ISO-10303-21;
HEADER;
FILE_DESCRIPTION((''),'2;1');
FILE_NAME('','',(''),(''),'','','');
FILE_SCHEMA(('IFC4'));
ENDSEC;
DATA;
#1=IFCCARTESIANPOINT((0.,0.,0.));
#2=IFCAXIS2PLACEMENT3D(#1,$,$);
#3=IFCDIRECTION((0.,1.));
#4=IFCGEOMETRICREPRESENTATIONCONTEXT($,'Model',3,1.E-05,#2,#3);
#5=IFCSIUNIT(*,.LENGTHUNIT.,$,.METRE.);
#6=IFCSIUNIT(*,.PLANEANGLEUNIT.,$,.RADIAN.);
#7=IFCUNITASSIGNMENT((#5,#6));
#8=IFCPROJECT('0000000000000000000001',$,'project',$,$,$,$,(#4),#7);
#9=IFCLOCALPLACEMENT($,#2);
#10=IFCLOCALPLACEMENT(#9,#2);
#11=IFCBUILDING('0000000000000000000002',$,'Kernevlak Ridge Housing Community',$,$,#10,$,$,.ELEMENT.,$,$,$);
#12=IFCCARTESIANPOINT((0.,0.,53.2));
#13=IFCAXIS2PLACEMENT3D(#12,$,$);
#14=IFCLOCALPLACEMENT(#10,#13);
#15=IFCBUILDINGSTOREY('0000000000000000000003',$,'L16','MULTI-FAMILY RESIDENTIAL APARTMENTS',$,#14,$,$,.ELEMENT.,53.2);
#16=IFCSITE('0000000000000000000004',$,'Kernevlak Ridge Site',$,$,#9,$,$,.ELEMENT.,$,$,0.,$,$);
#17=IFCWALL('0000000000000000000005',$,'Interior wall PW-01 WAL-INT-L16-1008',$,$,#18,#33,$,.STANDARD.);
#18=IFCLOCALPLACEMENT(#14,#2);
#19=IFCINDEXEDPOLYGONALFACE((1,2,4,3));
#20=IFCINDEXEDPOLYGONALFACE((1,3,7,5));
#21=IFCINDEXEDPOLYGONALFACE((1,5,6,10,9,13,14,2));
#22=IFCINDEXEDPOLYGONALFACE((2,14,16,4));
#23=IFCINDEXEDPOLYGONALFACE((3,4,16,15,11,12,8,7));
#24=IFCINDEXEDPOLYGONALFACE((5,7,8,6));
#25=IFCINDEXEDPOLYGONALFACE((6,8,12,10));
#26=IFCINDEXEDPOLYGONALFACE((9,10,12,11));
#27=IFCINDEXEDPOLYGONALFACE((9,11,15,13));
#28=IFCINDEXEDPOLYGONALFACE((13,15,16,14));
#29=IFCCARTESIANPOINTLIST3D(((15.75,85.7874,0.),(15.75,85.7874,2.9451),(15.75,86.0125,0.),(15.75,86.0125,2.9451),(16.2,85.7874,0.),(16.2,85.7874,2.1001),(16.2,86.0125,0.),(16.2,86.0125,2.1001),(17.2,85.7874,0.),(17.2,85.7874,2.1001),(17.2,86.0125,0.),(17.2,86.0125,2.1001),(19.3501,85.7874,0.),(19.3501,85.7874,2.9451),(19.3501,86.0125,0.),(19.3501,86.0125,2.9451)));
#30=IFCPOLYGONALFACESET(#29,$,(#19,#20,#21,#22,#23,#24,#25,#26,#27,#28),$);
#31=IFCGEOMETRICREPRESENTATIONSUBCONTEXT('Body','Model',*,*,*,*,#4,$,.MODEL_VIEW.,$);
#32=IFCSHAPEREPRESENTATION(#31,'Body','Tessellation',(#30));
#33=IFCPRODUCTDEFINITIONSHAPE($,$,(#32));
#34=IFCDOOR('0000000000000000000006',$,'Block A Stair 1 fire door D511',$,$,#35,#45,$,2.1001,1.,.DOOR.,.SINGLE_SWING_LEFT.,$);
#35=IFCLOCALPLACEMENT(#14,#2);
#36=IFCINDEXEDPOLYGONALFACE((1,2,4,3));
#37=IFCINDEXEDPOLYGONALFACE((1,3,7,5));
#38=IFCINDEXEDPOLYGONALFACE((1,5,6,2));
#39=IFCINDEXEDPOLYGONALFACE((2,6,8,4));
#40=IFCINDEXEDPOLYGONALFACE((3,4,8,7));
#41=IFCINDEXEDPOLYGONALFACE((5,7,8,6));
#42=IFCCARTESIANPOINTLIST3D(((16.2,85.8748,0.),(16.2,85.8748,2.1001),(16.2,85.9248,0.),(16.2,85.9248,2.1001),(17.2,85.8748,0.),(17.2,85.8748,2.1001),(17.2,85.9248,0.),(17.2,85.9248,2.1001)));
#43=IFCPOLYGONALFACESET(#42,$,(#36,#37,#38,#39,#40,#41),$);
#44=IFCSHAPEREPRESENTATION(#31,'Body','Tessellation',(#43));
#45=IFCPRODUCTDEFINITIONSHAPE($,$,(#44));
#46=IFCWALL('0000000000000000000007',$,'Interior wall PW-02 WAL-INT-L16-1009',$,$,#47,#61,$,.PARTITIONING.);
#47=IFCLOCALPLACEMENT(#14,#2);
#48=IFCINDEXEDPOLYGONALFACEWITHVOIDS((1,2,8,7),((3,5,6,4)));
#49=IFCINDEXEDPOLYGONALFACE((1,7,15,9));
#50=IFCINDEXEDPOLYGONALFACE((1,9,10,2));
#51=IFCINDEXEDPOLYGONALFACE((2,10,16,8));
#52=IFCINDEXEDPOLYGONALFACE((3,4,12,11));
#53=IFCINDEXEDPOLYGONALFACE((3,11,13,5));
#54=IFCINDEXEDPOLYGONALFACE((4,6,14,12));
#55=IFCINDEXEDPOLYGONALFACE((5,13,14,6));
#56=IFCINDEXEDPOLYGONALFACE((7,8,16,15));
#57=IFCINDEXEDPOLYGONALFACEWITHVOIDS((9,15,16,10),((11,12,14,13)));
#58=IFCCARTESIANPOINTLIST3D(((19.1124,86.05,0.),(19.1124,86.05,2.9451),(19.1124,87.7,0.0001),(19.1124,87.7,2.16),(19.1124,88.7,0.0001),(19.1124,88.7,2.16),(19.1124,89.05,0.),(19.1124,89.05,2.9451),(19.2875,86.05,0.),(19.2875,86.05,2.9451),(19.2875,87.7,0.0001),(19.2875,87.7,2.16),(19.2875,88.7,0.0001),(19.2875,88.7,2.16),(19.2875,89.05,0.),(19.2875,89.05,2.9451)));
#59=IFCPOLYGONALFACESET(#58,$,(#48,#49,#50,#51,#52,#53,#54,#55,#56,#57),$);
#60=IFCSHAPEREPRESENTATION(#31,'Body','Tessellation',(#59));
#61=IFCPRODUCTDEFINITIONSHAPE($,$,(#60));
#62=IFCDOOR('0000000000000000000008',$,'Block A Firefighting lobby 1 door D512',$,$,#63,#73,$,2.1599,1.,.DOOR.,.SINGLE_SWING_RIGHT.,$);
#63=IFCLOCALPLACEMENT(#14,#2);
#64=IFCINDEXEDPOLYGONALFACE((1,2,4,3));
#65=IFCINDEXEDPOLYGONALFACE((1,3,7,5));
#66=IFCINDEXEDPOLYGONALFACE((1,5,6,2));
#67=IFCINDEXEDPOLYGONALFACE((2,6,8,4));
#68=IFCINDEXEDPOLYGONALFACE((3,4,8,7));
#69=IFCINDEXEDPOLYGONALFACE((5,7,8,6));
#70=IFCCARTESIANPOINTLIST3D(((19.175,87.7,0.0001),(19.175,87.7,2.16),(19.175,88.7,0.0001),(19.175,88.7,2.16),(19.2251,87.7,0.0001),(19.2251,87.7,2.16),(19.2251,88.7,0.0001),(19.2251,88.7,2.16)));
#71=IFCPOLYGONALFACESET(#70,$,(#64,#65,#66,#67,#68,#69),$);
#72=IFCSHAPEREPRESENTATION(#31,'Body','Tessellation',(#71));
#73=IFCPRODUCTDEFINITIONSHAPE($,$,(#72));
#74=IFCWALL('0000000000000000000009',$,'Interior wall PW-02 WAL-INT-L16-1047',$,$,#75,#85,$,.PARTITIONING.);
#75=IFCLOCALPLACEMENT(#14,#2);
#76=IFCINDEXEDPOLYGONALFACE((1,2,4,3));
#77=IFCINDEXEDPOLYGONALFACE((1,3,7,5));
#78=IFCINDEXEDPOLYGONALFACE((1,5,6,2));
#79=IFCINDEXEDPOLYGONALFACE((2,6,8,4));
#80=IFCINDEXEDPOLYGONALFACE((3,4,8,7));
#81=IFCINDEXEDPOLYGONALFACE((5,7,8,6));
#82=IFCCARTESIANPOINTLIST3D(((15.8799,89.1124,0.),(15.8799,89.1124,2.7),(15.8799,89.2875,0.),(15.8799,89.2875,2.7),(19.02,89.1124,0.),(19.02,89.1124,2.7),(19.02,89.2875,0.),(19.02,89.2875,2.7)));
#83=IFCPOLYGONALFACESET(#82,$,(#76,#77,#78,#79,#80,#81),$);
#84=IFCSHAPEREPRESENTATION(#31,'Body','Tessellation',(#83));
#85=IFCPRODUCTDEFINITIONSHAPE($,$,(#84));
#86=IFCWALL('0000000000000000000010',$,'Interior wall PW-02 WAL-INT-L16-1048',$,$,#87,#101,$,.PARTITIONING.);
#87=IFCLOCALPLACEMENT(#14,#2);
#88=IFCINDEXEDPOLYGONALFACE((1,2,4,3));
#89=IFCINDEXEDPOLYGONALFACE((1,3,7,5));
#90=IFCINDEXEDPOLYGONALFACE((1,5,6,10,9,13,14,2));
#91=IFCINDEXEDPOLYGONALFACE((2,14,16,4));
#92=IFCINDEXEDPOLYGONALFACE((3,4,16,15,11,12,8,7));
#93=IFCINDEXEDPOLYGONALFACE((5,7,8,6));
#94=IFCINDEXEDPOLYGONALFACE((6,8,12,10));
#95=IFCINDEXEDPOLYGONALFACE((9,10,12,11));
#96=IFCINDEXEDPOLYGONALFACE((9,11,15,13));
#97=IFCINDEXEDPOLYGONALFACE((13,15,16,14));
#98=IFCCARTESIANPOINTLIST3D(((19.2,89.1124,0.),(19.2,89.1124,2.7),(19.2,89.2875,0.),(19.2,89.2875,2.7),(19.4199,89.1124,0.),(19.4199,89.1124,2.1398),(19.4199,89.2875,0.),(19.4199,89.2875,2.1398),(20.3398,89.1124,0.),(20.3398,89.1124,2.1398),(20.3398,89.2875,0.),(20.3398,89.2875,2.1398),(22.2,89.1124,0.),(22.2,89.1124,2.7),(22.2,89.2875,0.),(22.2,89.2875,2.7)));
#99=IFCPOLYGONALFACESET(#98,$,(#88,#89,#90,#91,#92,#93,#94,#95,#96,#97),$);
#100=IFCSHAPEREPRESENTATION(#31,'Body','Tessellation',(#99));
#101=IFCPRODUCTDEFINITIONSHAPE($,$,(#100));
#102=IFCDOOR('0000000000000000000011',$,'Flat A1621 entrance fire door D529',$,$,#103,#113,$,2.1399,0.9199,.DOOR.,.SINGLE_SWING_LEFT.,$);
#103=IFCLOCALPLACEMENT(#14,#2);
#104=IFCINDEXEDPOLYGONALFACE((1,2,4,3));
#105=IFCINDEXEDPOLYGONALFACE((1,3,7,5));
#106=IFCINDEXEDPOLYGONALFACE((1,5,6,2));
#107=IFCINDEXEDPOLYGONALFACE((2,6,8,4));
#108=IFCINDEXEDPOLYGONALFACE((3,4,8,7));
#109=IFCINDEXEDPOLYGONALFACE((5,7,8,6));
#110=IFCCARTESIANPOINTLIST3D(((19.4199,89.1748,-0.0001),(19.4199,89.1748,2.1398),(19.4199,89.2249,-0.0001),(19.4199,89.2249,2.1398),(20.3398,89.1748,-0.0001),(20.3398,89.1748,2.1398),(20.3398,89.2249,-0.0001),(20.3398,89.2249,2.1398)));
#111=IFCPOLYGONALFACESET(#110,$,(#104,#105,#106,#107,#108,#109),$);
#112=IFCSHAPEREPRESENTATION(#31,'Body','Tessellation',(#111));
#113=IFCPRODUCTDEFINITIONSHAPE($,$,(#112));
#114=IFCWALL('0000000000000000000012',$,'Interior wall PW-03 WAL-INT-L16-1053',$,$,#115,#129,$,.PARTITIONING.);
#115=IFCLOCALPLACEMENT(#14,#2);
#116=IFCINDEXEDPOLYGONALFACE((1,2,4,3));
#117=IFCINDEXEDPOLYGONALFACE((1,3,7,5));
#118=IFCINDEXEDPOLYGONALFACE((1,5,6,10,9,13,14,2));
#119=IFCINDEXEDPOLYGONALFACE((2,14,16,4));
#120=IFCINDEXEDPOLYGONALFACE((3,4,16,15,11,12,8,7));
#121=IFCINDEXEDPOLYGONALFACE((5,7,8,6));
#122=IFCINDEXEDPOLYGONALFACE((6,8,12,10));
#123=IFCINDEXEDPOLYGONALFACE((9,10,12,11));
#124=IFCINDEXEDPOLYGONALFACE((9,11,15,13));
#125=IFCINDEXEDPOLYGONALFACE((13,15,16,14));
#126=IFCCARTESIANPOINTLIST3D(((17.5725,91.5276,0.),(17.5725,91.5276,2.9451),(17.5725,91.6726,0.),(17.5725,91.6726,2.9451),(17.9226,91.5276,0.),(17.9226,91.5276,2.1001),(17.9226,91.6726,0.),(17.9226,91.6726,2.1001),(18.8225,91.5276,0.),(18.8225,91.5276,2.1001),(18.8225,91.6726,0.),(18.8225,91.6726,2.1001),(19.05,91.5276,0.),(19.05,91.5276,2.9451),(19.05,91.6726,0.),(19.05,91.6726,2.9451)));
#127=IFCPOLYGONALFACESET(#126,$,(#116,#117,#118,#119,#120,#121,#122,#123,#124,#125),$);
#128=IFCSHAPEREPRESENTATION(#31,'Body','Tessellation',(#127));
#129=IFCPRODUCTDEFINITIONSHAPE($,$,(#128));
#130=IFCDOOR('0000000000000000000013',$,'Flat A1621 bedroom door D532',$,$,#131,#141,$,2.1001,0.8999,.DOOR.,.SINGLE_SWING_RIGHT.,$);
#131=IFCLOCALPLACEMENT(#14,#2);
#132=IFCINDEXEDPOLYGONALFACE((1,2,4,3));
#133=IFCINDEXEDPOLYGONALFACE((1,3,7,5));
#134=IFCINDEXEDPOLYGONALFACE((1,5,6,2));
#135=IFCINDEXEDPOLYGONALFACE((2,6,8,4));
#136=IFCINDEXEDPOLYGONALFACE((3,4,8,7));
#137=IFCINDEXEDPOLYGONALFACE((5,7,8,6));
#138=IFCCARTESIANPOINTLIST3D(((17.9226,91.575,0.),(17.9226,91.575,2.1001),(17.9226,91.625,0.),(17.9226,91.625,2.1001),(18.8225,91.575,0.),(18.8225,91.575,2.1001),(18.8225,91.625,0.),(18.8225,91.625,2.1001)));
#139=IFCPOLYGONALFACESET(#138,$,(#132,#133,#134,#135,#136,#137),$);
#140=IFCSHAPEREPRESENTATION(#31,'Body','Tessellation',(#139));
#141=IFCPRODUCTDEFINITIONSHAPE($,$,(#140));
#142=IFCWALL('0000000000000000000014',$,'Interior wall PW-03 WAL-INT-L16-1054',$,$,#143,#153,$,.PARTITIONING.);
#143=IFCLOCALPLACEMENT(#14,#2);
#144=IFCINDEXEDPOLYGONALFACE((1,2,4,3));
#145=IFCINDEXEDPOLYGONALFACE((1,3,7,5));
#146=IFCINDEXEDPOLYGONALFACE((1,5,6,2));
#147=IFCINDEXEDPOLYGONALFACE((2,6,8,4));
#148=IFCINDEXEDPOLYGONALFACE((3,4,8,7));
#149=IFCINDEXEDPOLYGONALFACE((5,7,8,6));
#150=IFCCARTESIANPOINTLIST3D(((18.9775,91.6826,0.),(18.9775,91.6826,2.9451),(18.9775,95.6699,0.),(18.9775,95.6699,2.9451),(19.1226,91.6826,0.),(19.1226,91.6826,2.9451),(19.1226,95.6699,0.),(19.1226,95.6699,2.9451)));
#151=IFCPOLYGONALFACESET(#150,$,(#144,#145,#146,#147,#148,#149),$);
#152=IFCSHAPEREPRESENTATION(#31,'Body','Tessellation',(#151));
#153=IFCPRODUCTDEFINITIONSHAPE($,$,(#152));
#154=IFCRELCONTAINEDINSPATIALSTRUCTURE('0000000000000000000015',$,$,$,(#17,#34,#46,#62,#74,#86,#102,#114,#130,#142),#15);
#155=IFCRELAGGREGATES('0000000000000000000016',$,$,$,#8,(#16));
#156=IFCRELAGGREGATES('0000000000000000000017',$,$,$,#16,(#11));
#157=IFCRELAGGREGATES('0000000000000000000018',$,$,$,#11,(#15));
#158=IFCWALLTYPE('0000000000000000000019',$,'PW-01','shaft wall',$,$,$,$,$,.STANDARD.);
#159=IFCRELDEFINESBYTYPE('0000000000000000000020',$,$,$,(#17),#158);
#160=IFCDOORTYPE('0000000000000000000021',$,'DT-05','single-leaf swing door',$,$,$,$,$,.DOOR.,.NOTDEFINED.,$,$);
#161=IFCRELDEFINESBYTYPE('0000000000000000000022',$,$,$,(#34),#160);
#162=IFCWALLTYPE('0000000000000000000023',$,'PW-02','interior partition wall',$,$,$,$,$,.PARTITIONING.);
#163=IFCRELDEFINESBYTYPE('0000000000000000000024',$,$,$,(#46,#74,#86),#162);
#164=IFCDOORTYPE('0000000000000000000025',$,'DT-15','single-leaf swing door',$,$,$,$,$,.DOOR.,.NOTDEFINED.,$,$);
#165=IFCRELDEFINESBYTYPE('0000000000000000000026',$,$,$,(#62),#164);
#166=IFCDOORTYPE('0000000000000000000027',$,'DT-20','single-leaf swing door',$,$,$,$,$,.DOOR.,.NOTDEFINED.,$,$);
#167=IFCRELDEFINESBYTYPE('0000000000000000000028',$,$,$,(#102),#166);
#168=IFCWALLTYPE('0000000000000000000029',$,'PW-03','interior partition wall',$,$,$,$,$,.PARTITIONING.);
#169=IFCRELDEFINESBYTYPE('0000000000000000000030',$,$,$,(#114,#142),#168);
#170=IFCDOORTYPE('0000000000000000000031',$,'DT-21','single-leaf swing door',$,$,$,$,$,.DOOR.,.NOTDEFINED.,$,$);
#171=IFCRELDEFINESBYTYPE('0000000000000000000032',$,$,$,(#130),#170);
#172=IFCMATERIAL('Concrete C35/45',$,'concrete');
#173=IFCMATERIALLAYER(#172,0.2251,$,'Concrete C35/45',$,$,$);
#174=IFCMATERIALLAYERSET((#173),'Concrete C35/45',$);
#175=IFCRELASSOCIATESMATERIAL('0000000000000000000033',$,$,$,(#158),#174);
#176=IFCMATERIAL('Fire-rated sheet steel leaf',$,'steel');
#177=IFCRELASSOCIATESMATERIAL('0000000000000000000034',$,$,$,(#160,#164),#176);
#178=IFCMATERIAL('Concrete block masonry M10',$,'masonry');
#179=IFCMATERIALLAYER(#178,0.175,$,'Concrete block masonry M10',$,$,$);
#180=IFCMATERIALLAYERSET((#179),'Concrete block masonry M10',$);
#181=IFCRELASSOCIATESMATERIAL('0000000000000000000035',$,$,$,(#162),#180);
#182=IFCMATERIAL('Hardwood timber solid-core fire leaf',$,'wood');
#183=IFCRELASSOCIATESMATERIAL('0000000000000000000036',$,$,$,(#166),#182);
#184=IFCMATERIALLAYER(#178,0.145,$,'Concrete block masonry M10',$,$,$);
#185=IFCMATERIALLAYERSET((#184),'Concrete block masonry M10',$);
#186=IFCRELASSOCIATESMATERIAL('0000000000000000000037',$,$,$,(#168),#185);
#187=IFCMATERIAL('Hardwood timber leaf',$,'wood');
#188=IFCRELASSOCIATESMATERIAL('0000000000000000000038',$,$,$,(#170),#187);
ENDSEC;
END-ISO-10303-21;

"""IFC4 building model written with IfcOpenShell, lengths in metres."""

from ifc_helpers import new_model, si_unit, direction, frame, frame_2d, origin, place, context, subcontext, project, spatial, rectangle, extrude, material, layer, layer_set, type_object, element, fill, save


model = new_model("IFC4")

# Units and contexts
model_context = context("Model", 3, precision=1e-05, world=origin(), true_north=direction((0.0, 1.0)))
body_context = subcontext(model_context, "Body", "Model", "MODEL_VIEW")
ifc_project = project(units=[si_unit("LENGTHUNIT", "METRE"), si_unit("PLANEANGLEUNIT", "RADIAN")], contexts=[model_context])

# Site, building, storey
site_placement = place(None, origin())
site = spatial("IfcSite", under=ifc_project, at=site_placement, Name="Kernevlak Ridge Site", CompositionType="ELEMENT", RefElevation=0.0)
building_placement = place(site_placement, origin())
building = spatial("IfcBuilding", under=site, at=building_placement, Name="Kernevlak Ridge Housing Community", CompositionType="ELEMENT")
storey_placement = place(building_placement, frame((0.0, 0.0, 53.2)))
storey = spatial("IfcBuildingStorey", under=building, at=storey_placement, Name="L16", Description="MULTI-FAMILY RESIDENTIAL APARTMENTS", CompositionType="ELEMENT", Elevation=53.2)

# Shared definitions
ifc_material_1 = material(Name="Concrete C35/45", Category="concrete")

# Shared definitions
ifc_material_2 = material(Name="Concrete block masonry M10", Category="masonry")

# Walls, openings, doors
ifc_layer_1 = layer(ifc_material_1, 0.2251, Name="Concrete C35/45")
ifc_layer_set_1 = layer_set([ifc_layer_1], Name="Concrete C35/45")
wall_type_1 = type_object("IfcWallType", Name="PW-01", Description="shaft wall", PredefinedType="STANDARD", material=ifc_layer_set_1)
wall_1_placement = place(storey_placement, frame((15.75, 85.8999, 0.0), z_axis=(0.0, 0.0, 1.0), x_axis=(1.0, 0.0, 0.0)))
wall_1 = element("IfcWall", 1, at=wall_1_placement, inside=storey, type_object=wall_type_1, Name="Interior wall PW-01 WAL-INT-L16-1008", PredefinedType="STANDARD", context=body_context, shape_type="SweptSolid", body=[
    extrude(rectangle(XDim=3.6001, YDim=0.2251, at=frame_2d((1.8, 0.0))), origin(), (0.0, 0.0, 1.0), 2.9451),
])
opening_1_placement = place(wall_1_placement, frame((0.45, 0.0, 0.0)))
opening_1 = element("IfcOpeningElement", 2, at=opening_1_placement, cuts=wall_1, PredefinedType="OPENING", context=body_context, shape_type="SweptSolid", body=[
    extrude(rectangle(XDim=1.0, YDim=2.1001, at=frame_2d((0.5, 1.05))), frame((0.0, 0.1226, 0.0), z_axis=(0.0, -1.0, 0.0), x_axis=(1.0, 0.0, 0.0)), (0.0, 0.0, 1.0), 0.2451),
])
ifc_material_3 = material(Name="Fire-rated sheet steel leaf", Category="steel")
door_type_1 = type_object("IfcDoorType", Name="DT-05", Description="single-leaf swing door", OperationType="NOTDEFINED", PredefinedType="DOOR", material=ifc_material_3)
door_1_placement = place(opening_1_placement, origin())
door_1 = element("IfcDoor", 3, at=door_1_placement, inside=storey, type_object=door_type_1, Name="Block A Stair 1 fire door D511", OperationType="SINGLE_SWING_LEFT", OverallHeight=2.1001, OverallWidth=1.0, PredefinedType="DOOR", context=body_context, shape_type="SweptSolid", body=[
    extrude(rectangle(XDim=1.0, YDim=2.1001, at=frame_2d((0.5, 1.05))), frame((0.0, 0.0249, 0.0), z_axis=(0.0, -1.0, 0.0), x_axis=(1.0, 0.0, 0.0)), (0.0, 0.0, 1.0), 0.05),
])
fill(opening_1, door_1)
ifc_layer_2 = layer(ifc_material_2, 0.175, Name="Concrete block masonry M10")
ifc_layer_set_2 = layer_set([ifc_layer_2], Name="Concrete block masonry M10")
wall_type_2 = type_object("IfcWallType", Name="PW-02", Description="interior partition wall", PredefinedType="PARTITIONING", material=ifc_layer_set_2)
wall_2_placement = place(storey_placement, frame((19.2, 86.05, 0.0), z_axis=(0.0, 0.0, 1.0), x_axis=(0.0, 1.0, 0.0)))
wall_2 = element("IfcWall", 4, at=wall_2_placement, inside=storey, type_object=wall_type_2, Name="Interior wall PW-02 WAL-INT-L16-1009", PredefinedType="PARTITIONING", context=body_context, shape_type="SweptSolid", body=[
    extrude(rectangle(XDim=3.0, YDim=0.175, at=frame_2d((1.5, 0.0))), origin(), (0.0, 0.0, 1.0), 2.9451),
])
opening_2_placement = place(wall_2_placement, frame((1.6499, 0.0, 0.0)))
opening_2 = element("IfcOpeningElement", 5, at=opening_2_placement, cuts=wall_2, PredefinedType="OPENING", context=body_context, shape_type="SweptSolid", body=[
    extrude(rectangle(XDim=1.0, YDim=2.1599, at=frame_2d((0.5, 1.0801))), frame((0.0, 0.0974, 0.0), z_axis=(0.0, -1.0, 0.0), x_axis=(1.0, 0.0, 0.0)), (0.0, 0.0, 1.0), 0.1951),
])
door_type_2 = type_object("IfcDoorType", Name="DT-15", Description="single-leaf swing door", OperationType="NOTDEFINED", PredefinedType="DOOR", material=ifc_material_3)
door_2_placement = place(opening_2_placement, origin())
door_2 = element("IfcDoor", 6, at=door_2_placement, inside=storey, type_object=door_type_2, Name="Block A Firefighting lobby 1 door D512", OperationType="SINGLE_SWING_RIGHT", OverallHeight=2.1599, OverallWidth=1.0, PredefinedType="DOOR", context=body_context, shape_type="SweptSolid", body=[
    extrude(rectangle(XDim=1.0, YDim=2.1599, at=frame_2d((0.5, 1.0801))), frame((0.0, 0.0249, 0.0), z_axis=(0.0, -1.0, 0.0), x_axis=(1.0, 0.0, 0.0)), (0.0, 0.0, 1.0), 0.05),
])
fill(opening_2, door_2)

# Wall
wall_3_placement = place(storey_placement, frame((15.8799, 89.2, 0.0), z_axis=(0.0, 0.0, 1.0), x_axis=(1.0, 0.0, 0.0)))
element("IfcWall", 7, at=wall_3_placement, inside=storey, type_object=wall_type_2, Name="Interior wall PW-02 WAL-INT-L16-1047", PredefinedType="PARTITIONING", context=body_context, shape_type="SweptSolid", body=[
    extrude(rectangle(XDim=3.1401, YDim=0.175, at=frame_2d((1.5701, 0.0))), origin(), (0.0, 0.0, 1.0), 2.7),
])

# Walls, openings, doors
wall_4_placement = place(storey_placement, frame((19.2, 89.2, 0.0), z_axis=(0.0, 0.0, 1.0), x_axis=(1.0, 0.0, 0.0)))
wall_4 = element("IfcWall", 8, at=wall_4_placement, inside=storey, type_object=wall_type_2, Name="Interior wall PW-02 WAL-INT-L16-1048", PredefinedType="PARTITIONING", context=body_context, shape_type="SweptSolid", body=[
    extrude(rectangle(XDim=3.0, YDim=0.175, at=frame_2d((1.5, 0.0))), origin(), (0.0, 0.0, 1.0), 2.7),
])
opening_3_placement = place(wall_4_placement, frame((0.22, 0.0, 0.0)))
opening_3 = element("IfcOpeningElement", 9, at=opening_3_placement, cuts=wall_4, PredefinedType="OPENING", context=body_context, shape_type="SweptSolid", body=[
    extrude(rectangle(XDim=0.9199, YDim=2.1399, at=frame_2d((0.46, 1.0698))), frame((0.0, 0.0974, 0.0), z_axis=(0.0, -1.0, 0.0), x_axis=(1.0, 0.0, 0.0)), (0.0, 0.0, 1.0), 0.1951),
])
ifc_material_4 = material(Name="Hardwood timber solid-core fire leaf", Category="wood")
door_type_3 = type_object("IfcDoorType", Name="DT-20", Description="single-leaf swing door", OperationType="NOTDEFINED", PredefinedType="DOOR", material=ifc_material_4)
door_3_placement = place(opening_3_placement, origin())
door_3 = element("IfcDoor", 10, at=door_3_placement, inside=storey, type_object=door_type_3, Name="Flat A1621 entrance fire door D529", OperationType="SINGLE_SWING_LEFT", OverallHeight=2.1399, OverallWidth=0.9199, PredefinedType="DOOR", context=body_context, shape_type="SweptSolid", body=[
    extrude(rectangle(XDim=0.9199, YDim=2.1399, at=frame_2d((0.46, 1.0698))), frame((0.0, 0.0249, 0.0), z_axis=(0.0, -1.0, 0.0), x_axis=(1.0, 0.0, 0.0)), (0.0, 0.0, 1.0), 0.05),
])
fill(opening_3, door_3)
ifc_layer_3 = layer(ifc_material_2, 0.145, Name="Concrete block masonry M10")
ifc_layer_set_3 = layer_set([ifc_layer_3], Name="Concrete block masonry M10")
wall_type_3 = type_object("IfcWallType", Name="PW-03", Description="interior partition wall", PredefinedType="PARTITIONING", material=ifc_layer_set_3)
wall_5_placement = place(storey_placement, frame((17.5725, 91.6001, 0.0), z_axis=(0.0, 0.0, 1.0), x_axis=(1.0, 0.0, 0.0)))
wall_5 = element("IfcWall", 11, at=wall_5_placement, inside=storey, type_object=wall_type_3, Name="Interior wall PW-03 WAL-INT-L16-1053", PredefinedType="PARTITIONING", context=body_context, shape_type="SweptSolid", body=[
    extrude(rectangle(XDim=1.4775, YDim=0.145, at=frame_2d((0.7388, 0.0))), origin(), (0.0, 0.0, 1.0), 2.9451),
])
opening_4_placement = place(wall_5_placement, frame((0.3501, 0.0, 0.0)))
opening_4 = element("IfcOpeningElement", 12, at=opening_4_placement, cuts=wall_5, PredefinedType="OPENING", context=body_context, shape_type="SweptSolid", body=[
    extrude(rectangle(XDim=0.8999, YDim=2.1001, at=frame_2d((0.45, 1.05))), frame((0.0, 0.0825, 0.0), z_axis=(0.0, -1.0, 0.0), x_axis=(1.0, 0.0, 0.0)), (0.0, 0.0, 1.0), 0.165),
])
ifc_material_5 = material(Name="Hardwood timber leaf", Category="wood")
door_type_4 = type_object("IfcDoorType", Name="DT-21", Description="single-leaf swing door", OperationType="NOTDEFINED", PredefinedType="DOOR", material=ifc_material_5)
door_4_placement = place(opening_4_placement, origin())
door_4 = element("IfcDoor", 13, at=door_4_placement, inside=storey, type_object=door_type_4, Name="Flat A1621 bedroom door D532", OperationType="SINGLE_SWING_RIGHT", OverallHeight=2.1001, OverallWidth=0.8999, PredefinedType="DOOR", context=body_context, shape_type="SweptSolid", body=[
    extrude(rectangle(XDim=0.8999, YDim=2.1001, at=frame_2d((0.45, 1.05))), frame((0.0, 0.0249, 0.0), z_axis=(0.0, -1.0, 0.0), x_axis=(1.0, 0.0, 0.0)), (0.0, 0.0, 1.0), 0.05),
])
fill(opening_4, door_4)

# Wall
wall_6_placement = place(storey_placement, frame((19.05, 91.6826, 0.0), z_axis=(0.0, 0.0, 1.0), x_axis=(0.0, 1.0, 0.0)))
element("IfcWall", 14, at=wall_6_placement, inside=storey, type_object=wall_type_3, Name="Interior wall PW-03 WAL-INT-L16-1054", PredefinedType="PARTITIONING", context=body_context, shape_type="SweptSolid", body=[
    extrude(rectangle(XDim=3.9873, YDim=0.145, at=frame_2d((1.9937, 0.0))), origin(), (0.0, 0.0, 1.0), 2.9451),
])

save(model, "model.ifc")
